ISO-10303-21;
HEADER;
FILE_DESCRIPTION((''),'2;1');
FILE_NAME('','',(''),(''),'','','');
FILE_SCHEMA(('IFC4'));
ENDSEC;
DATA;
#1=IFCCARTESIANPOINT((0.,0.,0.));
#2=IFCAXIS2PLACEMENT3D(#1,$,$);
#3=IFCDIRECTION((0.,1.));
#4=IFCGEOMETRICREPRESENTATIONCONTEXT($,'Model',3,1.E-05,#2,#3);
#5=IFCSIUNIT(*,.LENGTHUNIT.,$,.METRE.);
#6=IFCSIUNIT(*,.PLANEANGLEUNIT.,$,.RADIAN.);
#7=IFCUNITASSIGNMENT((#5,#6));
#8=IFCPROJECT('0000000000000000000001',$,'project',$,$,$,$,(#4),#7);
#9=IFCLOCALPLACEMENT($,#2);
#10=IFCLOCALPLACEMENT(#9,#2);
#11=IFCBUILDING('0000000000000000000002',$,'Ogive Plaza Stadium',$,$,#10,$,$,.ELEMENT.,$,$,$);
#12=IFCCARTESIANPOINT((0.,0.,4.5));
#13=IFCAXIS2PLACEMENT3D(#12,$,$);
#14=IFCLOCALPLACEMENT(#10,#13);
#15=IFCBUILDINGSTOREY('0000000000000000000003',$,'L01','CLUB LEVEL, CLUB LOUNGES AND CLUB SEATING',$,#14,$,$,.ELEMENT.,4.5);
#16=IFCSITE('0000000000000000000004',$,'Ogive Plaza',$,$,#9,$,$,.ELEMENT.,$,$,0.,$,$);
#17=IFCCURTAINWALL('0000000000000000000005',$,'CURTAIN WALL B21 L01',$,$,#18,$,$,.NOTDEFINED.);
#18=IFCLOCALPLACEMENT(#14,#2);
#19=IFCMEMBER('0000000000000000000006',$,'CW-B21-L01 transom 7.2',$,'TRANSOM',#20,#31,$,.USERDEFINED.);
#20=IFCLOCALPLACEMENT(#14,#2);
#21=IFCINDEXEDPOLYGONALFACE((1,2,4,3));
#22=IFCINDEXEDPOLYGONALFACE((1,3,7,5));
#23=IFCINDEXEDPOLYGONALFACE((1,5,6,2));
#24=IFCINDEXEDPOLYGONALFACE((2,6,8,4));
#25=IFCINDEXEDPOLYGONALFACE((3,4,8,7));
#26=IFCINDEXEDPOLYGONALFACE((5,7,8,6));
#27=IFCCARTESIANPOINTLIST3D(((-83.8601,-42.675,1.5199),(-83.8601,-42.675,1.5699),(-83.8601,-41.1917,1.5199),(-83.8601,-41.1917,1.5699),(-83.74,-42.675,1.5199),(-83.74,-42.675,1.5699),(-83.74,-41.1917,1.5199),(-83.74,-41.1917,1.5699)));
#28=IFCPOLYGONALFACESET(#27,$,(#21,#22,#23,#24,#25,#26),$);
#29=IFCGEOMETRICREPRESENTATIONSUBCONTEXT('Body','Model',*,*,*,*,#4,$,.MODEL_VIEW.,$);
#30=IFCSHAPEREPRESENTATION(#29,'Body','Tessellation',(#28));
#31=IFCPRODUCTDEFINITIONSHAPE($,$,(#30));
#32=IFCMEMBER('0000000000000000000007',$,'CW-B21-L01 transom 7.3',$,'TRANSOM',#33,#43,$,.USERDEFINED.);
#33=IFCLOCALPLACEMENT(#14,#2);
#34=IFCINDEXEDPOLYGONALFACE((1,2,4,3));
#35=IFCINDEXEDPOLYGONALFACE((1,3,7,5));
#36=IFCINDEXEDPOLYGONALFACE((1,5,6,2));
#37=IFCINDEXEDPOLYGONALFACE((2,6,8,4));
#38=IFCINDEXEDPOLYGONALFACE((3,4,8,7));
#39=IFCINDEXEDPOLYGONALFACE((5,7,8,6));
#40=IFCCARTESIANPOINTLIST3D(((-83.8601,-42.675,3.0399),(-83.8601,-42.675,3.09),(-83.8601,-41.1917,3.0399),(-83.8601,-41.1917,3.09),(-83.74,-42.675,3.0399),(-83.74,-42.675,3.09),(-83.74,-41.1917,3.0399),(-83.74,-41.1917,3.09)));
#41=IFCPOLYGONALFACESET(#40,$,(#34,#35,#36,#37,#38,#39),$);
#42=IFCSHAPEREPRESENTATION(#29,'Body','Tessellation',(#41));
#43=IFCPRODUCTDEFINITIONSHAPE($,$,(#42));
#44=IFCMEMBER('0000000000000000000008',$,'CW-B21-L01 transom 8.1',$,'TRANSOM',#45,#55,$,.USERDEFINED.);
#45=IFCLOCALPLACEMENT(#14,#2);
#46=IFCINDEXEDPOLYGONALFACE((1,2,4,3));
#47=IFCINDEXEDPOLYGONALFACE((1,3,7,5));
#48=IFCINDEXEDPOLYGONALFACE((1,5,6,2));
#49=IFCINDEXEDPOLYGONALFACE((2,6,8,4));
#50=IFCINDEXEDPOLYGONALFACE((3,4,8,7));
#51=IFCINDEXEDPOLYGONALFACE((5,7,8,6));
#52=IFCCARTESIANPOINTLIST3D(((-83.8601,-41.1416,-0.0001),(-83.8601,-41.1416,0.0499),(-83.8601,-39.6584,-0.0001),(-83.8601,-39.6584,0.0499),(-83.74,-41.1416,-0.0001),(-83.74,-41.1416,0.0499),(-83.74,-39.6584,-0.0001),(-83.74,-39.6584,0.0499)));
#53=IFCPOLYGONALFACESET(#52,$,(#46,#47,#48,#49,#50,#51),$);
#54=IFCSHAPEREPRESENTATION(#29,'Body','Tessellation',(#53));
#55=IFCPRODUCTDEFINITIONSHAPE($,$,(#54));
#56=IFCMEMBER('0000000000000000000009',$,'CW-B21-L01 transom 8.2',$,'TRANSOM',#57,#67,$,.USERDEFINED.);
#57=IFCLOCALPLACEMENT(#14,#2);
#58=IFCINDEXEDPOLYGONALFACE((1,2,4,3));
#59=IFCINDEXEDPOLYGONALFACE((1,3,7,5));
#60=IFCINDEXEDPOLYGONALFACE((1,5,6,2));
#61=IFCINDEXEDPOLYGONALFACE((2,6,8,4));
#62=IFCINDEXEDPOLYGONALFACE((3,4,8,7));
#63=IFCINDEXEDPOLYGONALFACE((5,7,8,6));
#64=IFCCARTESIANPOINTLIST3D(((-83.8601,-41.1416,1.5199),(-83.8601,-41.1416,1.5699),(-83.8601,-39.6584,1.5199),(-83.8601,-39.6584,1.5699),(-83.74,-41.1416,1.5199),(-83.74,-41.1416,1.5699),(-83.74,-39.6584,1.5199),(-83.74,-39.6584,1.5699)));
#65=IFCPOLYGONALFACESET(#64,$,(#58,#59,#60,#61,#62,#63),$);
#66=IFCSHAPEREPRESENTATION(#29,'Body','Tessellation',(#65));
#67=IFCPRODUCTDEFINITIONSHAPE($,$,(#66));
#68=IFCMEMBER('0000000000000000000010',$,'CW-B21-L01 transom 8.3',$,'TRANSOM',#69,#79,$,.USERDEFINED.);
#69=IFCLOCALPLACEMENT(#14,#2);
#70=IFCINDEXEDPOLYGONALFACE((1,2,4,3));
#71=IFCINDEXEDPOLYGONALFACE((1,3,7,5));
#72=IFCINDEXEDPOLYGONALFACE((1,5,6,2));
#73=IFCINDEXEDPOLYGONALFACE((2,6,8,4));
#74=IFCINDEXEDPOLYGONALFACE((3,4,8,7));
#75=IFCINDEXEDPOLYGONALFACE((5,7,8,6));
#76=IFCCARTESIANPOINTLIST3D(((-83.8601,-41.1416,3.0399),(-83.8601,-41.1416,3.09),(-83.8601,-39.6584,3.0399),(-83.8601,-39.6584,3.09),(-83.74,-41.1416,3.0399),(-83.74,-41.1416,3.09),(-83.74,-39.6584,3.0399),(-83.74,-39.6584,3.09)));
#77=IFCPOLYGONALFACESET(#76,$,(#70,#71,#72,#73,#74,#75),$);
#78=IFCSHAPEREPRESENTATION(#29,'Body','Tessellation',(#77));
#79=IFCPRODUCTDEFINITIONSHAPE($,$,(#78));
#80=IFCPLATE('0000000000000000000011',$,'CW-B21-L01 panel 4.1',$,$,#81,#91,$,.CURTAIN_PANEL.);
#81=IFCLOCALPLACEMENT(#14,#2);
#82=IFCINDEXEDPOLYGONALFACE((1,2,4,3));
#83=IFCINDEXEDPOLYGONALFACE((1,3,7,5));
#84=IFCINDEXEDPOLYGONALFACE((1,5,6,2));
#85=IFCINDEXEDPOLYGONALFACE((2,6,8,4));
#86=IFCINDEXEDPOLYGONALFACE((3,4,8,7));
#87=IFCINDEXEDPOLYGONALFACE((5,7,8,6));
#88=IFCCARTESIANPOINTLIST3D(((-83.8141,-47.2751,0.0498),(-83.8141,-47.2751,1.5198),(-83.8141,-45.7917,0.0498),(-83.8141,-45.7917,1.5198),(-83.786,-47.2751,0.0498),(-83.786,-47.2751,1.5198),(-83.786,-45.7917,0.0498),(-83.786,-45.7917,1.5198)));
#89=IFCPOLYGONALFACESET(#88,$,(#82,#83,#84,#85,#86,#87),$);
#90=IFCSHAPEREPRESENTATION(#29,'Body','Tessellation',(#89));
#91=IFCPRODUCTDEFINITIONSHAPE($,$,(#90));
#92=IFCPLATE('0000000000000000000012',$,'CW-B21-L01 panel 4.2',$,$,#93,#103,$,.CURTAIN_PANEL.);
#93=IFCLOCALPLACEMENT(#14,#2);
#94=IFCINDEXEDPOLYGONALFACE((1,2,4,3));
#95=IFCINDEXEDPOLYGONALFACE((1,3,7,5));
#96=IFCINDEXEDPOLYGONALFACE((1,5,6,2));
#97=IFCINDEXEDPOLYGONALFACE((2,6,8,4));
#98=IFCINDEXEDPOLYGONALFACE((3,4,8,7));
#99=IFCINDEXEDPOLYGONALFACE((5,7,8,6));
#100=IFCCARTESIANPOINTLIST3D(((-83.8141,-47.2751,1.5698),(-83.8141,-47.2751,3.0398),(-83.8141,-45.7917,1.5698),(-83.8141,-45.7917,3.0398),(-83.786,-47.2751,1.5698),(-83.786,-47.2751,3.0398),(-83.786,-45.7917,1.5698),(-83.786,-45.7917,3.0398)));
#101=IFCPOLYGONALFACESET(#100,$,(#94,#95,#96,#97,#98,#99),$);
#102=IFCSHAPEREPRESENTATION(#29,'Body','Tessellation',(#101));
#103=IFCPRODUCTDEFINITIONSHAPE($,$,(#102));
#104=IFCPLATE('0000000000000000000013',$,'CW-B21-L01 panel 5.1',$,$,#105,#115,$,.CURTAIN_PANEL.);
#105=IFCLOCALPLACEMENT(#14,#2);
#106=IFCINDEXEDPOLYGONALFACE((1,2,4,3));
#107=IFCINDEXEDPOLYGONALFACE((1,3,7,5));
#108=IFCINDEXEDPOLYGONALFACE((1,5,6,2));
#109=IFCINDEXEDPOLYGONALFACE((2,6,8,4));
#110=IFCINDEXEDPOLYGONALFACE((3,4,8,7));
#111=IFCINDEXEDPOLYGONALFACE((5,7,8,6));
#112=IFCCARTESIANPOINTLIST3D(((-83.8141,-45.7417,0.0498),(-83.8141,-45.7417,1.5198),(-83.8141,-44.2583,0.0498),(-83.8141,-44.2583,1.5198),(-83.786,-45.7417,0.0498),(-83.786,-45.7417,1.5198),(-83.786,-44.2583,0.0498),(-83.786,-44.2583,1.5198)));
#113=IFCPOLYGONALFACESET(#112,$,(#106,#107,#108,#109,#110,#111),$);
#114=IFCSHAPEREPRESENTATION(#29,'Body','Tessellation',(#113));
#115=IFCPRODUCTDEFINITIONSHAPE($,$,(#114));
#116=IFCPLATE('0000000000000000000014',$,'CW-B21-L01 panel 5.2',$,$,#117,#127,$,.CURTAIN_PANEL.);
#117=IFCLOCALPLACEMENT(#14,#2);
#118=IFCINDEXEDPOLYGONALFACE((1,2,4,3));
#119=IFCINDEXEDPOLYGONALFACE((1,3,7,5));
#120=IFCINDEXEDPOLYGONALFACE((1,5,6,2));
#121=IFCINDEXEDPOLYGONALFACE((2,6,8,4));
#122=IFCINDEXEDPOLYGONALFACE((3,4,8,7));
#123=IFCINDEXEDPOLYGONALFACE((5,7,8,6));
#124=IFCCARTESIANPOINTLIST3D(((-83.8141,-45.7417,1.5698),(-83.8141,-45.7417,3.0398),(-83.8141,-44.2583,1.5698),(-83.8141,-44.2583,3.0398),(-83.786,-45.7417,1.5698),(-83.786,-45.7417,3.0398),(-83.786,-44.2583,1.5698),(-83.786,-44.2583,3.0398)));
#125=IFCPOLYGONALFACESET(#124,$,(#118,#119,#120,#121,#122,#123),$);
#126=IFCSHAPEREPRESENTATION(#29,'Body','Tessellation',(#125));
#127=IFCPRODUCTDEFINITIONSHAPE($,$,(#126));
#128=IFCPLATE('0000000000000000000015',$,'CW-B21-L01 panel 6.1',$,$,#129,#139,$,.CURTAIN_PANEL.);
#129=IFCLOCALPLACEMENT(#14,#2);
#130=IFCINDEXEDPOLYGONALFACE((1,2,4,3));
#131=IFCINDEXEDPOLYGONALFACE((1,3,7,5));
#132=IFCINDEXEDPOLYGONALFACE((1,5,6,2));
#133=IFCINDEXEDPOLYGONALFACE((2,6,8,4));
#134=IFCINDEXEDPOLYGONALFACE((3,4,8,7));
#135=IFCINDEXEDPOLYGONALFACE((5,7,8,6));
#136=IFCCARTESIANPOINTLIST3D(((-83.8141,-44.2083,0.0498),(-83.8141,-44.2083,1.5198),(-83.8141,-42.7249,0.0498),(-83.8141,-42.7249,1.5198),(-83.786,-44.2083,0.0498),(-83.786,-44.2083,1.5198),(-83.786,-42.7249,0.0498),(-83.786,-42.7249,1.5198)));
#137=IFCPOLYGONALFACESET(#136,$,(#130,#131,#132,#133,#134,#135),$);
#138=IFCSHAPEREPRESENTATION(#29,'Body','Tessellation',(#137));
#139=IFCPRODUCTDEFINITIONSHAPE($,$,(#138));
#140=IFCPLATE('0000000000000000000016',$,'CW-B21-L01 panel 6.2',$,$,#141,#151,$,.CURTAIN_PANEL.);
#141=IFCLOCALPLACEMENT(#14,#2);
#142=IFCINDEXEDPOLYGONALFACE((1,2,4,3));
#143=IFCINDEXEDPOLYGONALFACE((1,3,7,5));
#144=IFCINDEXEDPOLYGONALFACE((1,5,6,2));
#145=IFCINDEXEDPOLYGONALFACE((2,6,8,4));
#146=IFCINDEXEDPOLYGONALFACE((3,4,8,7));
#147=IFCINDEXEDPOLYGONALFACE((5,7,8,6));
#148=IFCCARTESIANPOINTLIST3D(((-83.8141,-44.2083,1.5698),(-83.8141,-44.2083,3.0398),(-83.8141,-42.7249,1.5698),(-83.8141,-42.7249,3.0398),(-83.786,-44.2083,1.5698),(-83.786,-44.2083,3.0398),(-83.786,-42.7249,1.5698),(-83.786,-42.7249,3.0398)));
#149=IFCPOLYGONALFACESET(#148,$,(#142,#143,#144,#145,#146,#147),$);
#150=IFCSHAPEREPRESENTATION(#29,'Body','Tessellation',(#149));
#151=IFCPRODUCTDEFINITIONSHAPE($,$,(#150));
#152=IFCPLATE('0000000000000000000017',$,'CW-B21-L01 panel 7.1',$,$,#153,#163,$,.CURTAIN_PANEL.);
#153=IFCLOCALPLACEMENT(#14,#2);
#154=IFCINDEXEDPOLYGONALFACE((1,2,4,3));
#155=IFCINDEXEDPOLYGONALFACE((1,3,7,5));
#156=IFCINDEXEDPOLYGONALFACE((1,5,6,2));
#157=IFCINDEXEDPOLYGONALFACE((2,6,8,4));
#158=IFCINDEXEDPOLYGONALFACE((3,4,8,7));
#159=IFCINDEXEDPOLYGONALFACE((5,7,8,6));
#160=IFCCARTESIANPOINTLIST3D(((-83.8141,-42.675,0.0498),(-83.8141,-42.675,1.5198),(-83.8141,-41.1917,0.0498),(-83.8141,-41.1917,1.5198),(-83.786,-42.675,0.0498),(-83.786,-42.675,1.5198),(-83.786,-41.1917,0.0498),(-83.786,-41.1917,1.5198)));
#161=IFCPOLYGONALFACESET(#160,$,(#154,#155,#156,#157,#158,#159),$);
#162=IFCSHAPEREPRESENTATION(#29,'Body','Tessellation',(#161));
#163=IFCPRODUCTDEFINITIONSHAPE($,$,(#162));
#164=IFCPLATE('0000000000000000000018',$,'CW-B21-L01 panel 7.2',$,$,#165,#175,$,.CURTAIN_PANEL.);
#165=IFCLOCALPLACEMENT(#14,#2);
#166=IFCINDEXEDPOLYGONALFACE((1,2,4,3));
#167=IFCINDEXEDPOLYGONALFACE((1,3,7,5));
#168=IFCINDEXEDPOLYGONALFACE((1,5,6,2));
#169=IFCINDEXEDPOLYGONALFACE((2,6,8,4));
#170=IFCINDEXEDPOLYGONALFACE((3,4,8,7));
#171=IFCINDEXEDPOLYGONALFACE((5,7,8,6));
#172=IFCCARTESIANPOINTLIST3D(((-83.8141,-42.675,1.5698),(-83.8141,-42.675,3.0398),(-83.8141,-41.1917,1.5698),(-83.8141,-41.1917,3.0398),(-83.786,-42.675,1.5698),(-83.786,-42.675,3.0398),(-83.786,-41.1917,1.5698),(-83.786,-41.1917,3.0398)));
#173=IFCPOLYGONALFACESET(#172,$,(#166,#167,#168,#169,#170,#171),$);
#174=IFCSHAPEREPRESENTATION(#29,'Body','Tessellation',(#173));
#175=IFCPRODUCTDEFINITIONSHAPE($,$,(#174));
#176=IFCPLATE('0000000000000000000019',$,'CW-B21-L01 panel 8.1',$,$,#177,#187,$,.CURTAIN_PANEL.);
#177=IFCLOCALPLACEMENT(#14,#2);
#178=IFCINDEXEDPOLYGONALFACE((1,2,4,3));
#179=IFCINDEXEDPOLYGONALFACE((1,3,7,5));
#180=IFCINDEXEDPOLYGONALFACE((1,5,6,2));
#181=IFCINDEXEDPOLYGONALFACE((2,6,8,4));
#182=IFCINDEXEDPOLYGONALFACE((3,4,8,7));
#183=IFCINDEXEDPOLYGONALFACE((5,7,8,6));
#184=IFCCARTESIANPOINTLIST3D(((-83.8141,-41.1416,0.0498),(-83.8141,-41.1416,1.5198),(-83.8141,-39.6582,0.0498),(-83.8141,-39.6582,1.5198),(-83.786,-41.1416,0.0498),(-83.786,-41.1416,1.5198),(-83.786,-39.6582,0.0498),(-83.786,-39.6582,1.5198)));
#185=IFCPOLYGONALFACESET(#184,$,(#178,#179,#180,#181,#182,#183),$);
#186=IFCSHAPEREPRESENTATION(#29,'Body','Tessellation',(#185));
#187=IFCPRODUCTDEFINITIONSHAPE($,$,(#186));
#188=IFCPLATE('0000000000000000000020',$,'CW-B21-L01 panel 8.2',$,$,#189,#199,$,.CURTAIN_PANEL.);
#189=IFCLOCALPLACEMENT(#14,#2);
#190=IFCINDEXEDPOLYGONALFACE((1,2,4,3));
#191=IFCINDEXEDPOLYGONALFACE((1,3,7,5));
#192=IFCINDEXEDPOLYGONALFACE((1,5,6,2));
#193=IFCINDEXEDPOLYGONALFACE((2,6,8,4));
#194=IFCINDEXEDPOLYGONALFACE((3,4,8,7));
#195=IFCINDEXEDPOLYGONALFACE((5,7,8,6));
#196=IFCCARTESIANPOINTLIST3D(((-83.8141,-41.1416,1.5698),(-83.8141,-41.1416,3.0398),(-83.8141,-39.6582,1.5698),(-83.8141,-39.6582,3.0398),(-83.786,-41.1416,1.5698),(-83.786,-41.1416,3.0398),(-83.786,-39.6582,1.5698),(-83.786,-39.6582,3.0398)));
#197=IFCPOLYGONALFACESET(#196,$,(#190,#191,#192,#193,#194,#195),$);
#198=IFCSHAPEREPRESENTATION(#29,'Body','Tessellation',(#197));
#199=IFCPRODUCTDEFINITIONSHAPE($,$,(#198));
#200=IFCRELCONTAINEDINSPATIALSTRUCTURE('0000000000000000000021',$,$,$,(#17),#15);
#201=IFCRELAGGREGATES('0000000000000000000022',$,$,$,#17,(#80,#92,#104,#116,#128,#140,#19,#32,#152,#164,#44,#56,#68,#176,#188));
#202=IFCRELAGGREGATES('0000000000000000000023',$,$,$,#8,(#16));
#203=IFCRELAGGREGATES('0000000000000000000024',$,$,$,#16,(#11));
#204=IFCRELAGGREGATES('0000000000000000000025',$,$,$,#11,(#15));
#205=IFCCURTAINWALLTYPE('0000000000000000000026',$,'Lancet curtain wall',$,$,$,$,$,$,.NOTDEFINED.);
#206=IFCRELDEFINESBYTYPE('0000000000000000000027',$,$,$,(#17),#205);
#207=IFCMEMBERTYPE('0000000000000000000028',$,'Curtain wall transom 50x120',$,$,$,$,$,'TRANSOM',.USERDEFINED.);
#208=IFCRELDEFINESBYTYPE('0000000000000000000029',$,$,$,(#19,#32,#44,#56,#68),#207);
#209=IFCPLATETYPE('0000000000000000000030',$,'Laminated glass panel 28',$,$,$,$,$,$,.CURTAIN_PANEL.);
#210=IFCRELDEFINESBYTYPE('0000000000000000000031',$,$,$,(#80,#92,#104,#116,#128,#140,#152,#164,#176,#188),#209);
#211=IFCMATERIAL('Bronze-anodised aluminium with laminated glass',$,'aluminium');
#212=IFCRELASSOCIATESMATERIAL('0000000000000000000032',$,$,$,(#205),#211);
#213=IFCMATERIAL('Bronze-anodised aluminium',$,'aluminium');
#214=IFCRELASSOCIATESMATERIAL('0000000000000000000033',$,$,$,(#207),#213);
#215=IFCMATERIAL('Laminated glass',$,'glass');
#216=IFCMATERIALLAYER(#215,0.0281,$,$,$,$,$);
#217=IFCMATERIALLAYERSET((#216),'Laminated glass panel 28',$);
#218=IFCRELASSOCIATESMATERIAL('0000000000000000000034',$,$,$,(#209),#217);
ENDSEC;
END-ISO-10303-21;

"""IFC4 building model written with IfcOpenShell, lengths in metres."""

from ifc_helpers import new_model, si_unit, direction, frame, origin, origin_2d, place, context, subcontext, project, spatial, rectangle, extrude, material, layer, layer_set, material_profile, profile_set, type_object, element, aggregate, save


model = new_model("IFC4")

# Units and contexts
model_context = context("Model", 3, precision=1e-05, world=origin(), true_north=direction((0.0, 1.0)))
body_context = subcontext(model_context, "Body", "Model", "MODEL_VIEW")
ifc_project = project(units=[si_unit("LENGTHUNIT", "METRE"), si_unit("PLANEANGLEUNIT", "RADIAN")], contexts=[model_context])

# Site, building, storey
site_placement = place(None, origin())
site = spatial("IfcSite", under=ifc_project, at=site_placement, Name="Ogive Plaza", CompositionType="ELEMENT", RefElevation=0.0)
building_placement = place(site_placement, origin())
building = spatial("IfcBuilding", under=site, at=building_placement, Name="Ogive Plaza Stadium", CompositionType="ELEMENT")
storey_placement = place(building_placement, frame((0.0, 0.0, 4.5)))
storey = spatial("IfcBuildingStorey", under=building, at=storey_placement, Name="L01", Description="CLUB LEVEL, CLUB LOUNGES AND CLUB SEATING", CompositionType="ELEMENT", Elevation=4.5)

# Curtain wall, members, plates
ifc_material_1 = material(Name="Bronze-anodised aluminium with laminated glass", Category="aluminium")
curtain_wall_type = type_object("IfcCurtainWallType", Name="Lancet curtain wall", PredefinedType="NOTDEFINED", material=ifc_material_1)
curtain_wall_placement = place(storey_placement, origin())
curtain_wall = element("IfcCurtainWall", 1, at=curtain_wall_placement, inside=storey, type_object=curtain_wall_type, Name="CURTAIN WALL B21 L01", PredefinedType="NOTDEFINED")
ifc_material_2 = material(Name="Bronze-anodised aluminium", Category="aluminium")
ifc_material_profile_1 = material_profile(ifc_material_2, rectangle(XDim=0.1201, YDim=0.05, at=origin_2d()), Name="AL 120x50")
ifc_profile_set_1 = profile_set([ifc_material_profile_1], Name="Bronze-anodised aluminium")
member_type_1 = type_object("IfcMemberType", Name="Curtain wall transom 50x120", ElementType="TRANSOM", PredefinedType="USERDEFINED", material=ifc_profile_set_1)
member_1_placement = place(storey_placement, frame((-83.8, -42.675, 1.5449), z_axis=(0.0, 1.0, 0.0), x_axis=(-1.0, 0.0, 0.0)))
member_1 = element("IfcMember", 2, at=member_1_placement, type_object=member_type_1, Name="CW-B21-L01 transom 7.2", ObjectType="TRANSOM", PredefinedType="USERDEFINED", context=body_context, shape_type="SweptSolid", body=[
    extrude(rectangle(XDim=0.1201, YDim=0.05, at=origin_2d()), origin(), (0.0, 0.0, 1.0), 1.4834),
])
member_2_placement = place(storey_placement, frame((-83.8, -42.675, 3.0649), z_axis=(0.0, 1.0, 0.0), x_axis=(-1.0, 0.0, 0.0)))
member_2 = element("IfcMember", 3, at=member_2_placement, type_object=member_type_1, Name="CW-B21-L01 transom 7.3", ObjectType="TRANSOM", PredefinedType="USERDEFINED", context=body_context, shape_type="SweptSolid", body=[
    extrude(rectangle(XDim=0.1201, YDim=0.05, at=origin_2d()), origin(), (0.0, 0.0, 1.0), 1.4834),
])
member_3_placement = place(storey_placement, frame((-83.8, -41.1416, 0.0249), z_axis=(0.0, 1.0, 0.0), x_axis=(-1.0, 0.0, 0.0)))
member_3 = element("IfcMember", 4, at=member_3_placement, type_object=member_type_1, Name="CW-B21-L01 transom 8.1", ObjectType="TRANSOM", PredefinedType="USERDEFINED", context=body_context, shape_type="SweptSolid", body=[
    extrude(rectangle(XDim=0.1201, YDim=0.05, at=origin_2d()), origin(), (0.0, 0.0, 1.0), 1.4832),
])
member_4_placement = place(storey_placement, frame((-83.8, -41.1416, 1.5449), z_axis=(0.0, 1.0, 0.0), x_axis=(-1.0, 0.0, 0.0)))
member_4 = element("IfcMember", 5, at=member_4_placement, type_object=member_type_1, Name="CW-B21-L01 transom 8.2", ObjectType="TRANSOM", PredefinedType="USERDEFINED", context=body_context, shape_type="SweptSolid", body=[
    extrude(rectangle(XDim=0.1201, YDim=0.05, at=origin_2d()), origin(), (0.0, 0.0, 1.0), 1.4832),
])
member_5_placement = place(storey_placement, frame((-83.8, -41.1416, 3.0649), z_axis=(0.0, 1.0, 0.0), x_axis=(-1.0, 0.0, 0.0)))
member_5 = element("IfcMember", 6, at=member_5_placement, type_object=member_type_1, Name="CW-B21-L01 transom 8.3", ObjectType="TRANSOM", PredefinedType="USERDEFINED", context=body_context, shape_type="SweptSolid", body=[
    extrude(rectangle(XDim=0.1201, YDim=0.05, at=origin_2d()), origin(), (0.0, 0.0, 1.0), 1.4832),
])
ifc_material_3 = material(Name="Laminated glass", Category="glass")
ifc_layer_1 = layer(ifc_material_3, 0.0281)
ifc_layer_set_1 = layer_set([ifc_layer_1], Name="Laminated glass panel 28")
plate_type = type_object("IfcPlateType", Name="Laminated glass panel 28", PredefinedType="CURTAIN_PANEL", material=ifc_layer_set_1)
plate_1_placement = place(storey_placement, frame((-83.8, -46.5334, 0.0498), z_axis=(0.0, 0.0, 1.0), x_axis=(0.0, 1.0, 0.0)))
plate_1 = element("IfcPlate", 7, at=plate_1_placement, type_object=plate_type, Name="CW-B21-L01 panel 4.1", PredefinedType="CURTAIN_PANEL", context=body_context, shape_type="SweptSolid", body=[
    extrude(rectangle(XDim=1.4834, YDim=0.0281, at=origin_2d()), origin(), (0.0, 0.0, 1.0), 1.47),
])
plate_2_placement = place(storey_placement, frame((-83.8, -46.5334, 1.5698), z_axis=(0.0, 0.0, 1.0), x_axis=(0.0, 1.0, 0.0)))
plate_2 = element("IfcPlate", 8, at=plate_2_placement, type_object=plate_type, Name="CW-B21-L01 panel 4.2", PredefinedType="CURTAIN_PANEL", context=body_context, shape_type="SweptSolid", body=[
    extrude(rectangle(XDim=1.4834, YDim=0.0281, at=origin_2d()), origin(), (0.0, 0.0, 1.0), 1.47),
])
plate_3_placement = place(storey_placement, frame((-83.8, -45.0, 0.0498), z_axis=(0.0, 0.0, 1.0), x_axis=(0.0, 1.0, 0.0)))
plate_3 = element("IfcPlate", 9, at=plate_3_placement, type_object=plate_type, Name="CW-B21-L01 panel 5.1", PredefinedType="CURTAIN_PANEL", context=body_context, shape_type="SweptSolid", body=[
    extrude(rectangle(XDim=1.4834, YDim=0.0281, at=origin_2d()), origin(), (0.0, 0.0, 1.0), 1.47),
])
plate_4_placement = place(storey_placement, frame((-83.8, -45.0, 1.5698), z_axis=(0.0, 0.0, 1.0), x_axis=(0.0, 1.0, 0.0)))
plate_4 = element("IfcPlate", 10, at=plate_4_placement, type_object=plate_type, Name="CW-B21-L01 panel 5.2", PredefinedType="CURTAIN_PANEL", context=body_context, shape_type="SweptSolid", body=[
    extrude(rectangle(XDim=1.4834, YDim=0.0281, at=origin_2d()), origin(), (0.0, 0.0, 1.0), 1.47),
])
plate_5_placement = place(storey_placement, frame((-83.8, -43.4666, 0.0498), z_axis=(0.0, 0.0, 1.0), x_axis=(0.0, 1.0, 0.0)))
plate_5 = element("IfcPlate", 11, at=plate_5_placement, type_object=plate_type, Name="CW-B21-L01 panel 6.1", PredefinedType="CURTAIN_PANEL", context=body_context, shape_type="SweptSolid", body=[
    extrude(rectangle(XDim=1.4834, YDim=0.0281, at=origin_2d()), origin(), (0.0, 0.0, 1.0), 1.47),
])
plate_6_placement = place(storey_placement, frame((-83.8, -43.4666, 1.5698), z_axis=(0.0, 0.0, 1.0), x_axis=(0.0, 1.0, 0.0)))
plate_6 = element("IfcPlate", 12, at=plate_6_placement, type_object=plate_type, Name="CW-B21-L01 panel 6.2", PredefinedType="CURTAIN_PANEL", context=body_context, shape_type="SweptSolid", body=[
    extrude(rectangle(XDim=1.4834, YDim=0.0281, at=origin_2d()), origin(), (0.0, 0.0, 1.0), 1.47),
])
plate_7_placement = place(storey_placement, frame((-83.8, -41.9333, 0.0498), z_axis=(0.0, 0.0, 1.0), x_axis=(0.0, 1.0, 0.0)))
plate_7 = element("IfcPlate", 13, at=plate_7_placement, type_object=plate_type, Name="CW-B21-L01 panel 7.1", PredefinedType="CURTAIN_PANEL", context=body_context, shape_type="SweptSolid", body=[
    extrude(rectangle(XDim=1.4834, YDim=0.0281, at=origin_2d()), origin(), (0.0, 0.0, 1.0), 1.47),
])
plate_8_placement = place(storey_placement, frame((-83.8, -41.9333, 1.5698), z_axis=(0.0, 0.0, 1.0), x_axis=(0.0, 1.0, 0.0)))
plate_8 = element("IfcPlate", 14, at=plate_8_placement, type_object=plate_type, Name="CW-B21-L01 panel 7.2", PredefinedType="CURTAIN_PANEL", context=body_context, shape_type="SweptSolid", body=[
    extrude(rectangle(XDim=1.4834, YDim=0.0281, at=origin_2d()), origin(), (0.0, 0.0, 1.0), 1.47),
])
plate_9_placement = place(storey_placement, frame((-83.8, -40.3999, 0.0498), z_axis=(0.0, 0.0, 1.0), x_axis=(0.0, 1.0, 0.0)))
plate_9 = element("IfcPlate", 15, at=plate_9_placement, type_object=plate_type, Name="CW-B21-L01 panel 8.1", PredefinedType="CURTAIN_PANEL", context=body_context, shape_type="SweptSolid", body=[
    extrude(rectangle(XDim=1.4834, YDim=0.0281, at=origin_2d()), origin(), (0.0, 0.0, 1.0), 1.47),
])
plate_10_placement = place(storey_placement, frame((-83.8, -40.3999, 1.5698), z_axis=(0.0, 0.0, 1.0), x_axis=(0.0, 1.0, 0.0)))
plate_10 = element("IfcPlate", 16, at=plate_10_placement, type_object=plate_type, Name="CW-B21-L01 panel 8.2", PredefinedType="CURTAIN_PANEL", context=body_context, shape_type="SweptSolid", body=[
    extrude(rectangle(XDim=1.4834, YDim=0.0281, at=origin_2d()), origin(), (0.0, 0.0, 1.0), 1.47),
])
aggregate(curtain_wall, [plate_1, plate_2, plate_3, plate_4, plate_5, plate_6, member_1, member_2, plate_7, plate_8, member_3, member_4, member_5, plate_9, plate_10])

save(model, "model.ifc")
